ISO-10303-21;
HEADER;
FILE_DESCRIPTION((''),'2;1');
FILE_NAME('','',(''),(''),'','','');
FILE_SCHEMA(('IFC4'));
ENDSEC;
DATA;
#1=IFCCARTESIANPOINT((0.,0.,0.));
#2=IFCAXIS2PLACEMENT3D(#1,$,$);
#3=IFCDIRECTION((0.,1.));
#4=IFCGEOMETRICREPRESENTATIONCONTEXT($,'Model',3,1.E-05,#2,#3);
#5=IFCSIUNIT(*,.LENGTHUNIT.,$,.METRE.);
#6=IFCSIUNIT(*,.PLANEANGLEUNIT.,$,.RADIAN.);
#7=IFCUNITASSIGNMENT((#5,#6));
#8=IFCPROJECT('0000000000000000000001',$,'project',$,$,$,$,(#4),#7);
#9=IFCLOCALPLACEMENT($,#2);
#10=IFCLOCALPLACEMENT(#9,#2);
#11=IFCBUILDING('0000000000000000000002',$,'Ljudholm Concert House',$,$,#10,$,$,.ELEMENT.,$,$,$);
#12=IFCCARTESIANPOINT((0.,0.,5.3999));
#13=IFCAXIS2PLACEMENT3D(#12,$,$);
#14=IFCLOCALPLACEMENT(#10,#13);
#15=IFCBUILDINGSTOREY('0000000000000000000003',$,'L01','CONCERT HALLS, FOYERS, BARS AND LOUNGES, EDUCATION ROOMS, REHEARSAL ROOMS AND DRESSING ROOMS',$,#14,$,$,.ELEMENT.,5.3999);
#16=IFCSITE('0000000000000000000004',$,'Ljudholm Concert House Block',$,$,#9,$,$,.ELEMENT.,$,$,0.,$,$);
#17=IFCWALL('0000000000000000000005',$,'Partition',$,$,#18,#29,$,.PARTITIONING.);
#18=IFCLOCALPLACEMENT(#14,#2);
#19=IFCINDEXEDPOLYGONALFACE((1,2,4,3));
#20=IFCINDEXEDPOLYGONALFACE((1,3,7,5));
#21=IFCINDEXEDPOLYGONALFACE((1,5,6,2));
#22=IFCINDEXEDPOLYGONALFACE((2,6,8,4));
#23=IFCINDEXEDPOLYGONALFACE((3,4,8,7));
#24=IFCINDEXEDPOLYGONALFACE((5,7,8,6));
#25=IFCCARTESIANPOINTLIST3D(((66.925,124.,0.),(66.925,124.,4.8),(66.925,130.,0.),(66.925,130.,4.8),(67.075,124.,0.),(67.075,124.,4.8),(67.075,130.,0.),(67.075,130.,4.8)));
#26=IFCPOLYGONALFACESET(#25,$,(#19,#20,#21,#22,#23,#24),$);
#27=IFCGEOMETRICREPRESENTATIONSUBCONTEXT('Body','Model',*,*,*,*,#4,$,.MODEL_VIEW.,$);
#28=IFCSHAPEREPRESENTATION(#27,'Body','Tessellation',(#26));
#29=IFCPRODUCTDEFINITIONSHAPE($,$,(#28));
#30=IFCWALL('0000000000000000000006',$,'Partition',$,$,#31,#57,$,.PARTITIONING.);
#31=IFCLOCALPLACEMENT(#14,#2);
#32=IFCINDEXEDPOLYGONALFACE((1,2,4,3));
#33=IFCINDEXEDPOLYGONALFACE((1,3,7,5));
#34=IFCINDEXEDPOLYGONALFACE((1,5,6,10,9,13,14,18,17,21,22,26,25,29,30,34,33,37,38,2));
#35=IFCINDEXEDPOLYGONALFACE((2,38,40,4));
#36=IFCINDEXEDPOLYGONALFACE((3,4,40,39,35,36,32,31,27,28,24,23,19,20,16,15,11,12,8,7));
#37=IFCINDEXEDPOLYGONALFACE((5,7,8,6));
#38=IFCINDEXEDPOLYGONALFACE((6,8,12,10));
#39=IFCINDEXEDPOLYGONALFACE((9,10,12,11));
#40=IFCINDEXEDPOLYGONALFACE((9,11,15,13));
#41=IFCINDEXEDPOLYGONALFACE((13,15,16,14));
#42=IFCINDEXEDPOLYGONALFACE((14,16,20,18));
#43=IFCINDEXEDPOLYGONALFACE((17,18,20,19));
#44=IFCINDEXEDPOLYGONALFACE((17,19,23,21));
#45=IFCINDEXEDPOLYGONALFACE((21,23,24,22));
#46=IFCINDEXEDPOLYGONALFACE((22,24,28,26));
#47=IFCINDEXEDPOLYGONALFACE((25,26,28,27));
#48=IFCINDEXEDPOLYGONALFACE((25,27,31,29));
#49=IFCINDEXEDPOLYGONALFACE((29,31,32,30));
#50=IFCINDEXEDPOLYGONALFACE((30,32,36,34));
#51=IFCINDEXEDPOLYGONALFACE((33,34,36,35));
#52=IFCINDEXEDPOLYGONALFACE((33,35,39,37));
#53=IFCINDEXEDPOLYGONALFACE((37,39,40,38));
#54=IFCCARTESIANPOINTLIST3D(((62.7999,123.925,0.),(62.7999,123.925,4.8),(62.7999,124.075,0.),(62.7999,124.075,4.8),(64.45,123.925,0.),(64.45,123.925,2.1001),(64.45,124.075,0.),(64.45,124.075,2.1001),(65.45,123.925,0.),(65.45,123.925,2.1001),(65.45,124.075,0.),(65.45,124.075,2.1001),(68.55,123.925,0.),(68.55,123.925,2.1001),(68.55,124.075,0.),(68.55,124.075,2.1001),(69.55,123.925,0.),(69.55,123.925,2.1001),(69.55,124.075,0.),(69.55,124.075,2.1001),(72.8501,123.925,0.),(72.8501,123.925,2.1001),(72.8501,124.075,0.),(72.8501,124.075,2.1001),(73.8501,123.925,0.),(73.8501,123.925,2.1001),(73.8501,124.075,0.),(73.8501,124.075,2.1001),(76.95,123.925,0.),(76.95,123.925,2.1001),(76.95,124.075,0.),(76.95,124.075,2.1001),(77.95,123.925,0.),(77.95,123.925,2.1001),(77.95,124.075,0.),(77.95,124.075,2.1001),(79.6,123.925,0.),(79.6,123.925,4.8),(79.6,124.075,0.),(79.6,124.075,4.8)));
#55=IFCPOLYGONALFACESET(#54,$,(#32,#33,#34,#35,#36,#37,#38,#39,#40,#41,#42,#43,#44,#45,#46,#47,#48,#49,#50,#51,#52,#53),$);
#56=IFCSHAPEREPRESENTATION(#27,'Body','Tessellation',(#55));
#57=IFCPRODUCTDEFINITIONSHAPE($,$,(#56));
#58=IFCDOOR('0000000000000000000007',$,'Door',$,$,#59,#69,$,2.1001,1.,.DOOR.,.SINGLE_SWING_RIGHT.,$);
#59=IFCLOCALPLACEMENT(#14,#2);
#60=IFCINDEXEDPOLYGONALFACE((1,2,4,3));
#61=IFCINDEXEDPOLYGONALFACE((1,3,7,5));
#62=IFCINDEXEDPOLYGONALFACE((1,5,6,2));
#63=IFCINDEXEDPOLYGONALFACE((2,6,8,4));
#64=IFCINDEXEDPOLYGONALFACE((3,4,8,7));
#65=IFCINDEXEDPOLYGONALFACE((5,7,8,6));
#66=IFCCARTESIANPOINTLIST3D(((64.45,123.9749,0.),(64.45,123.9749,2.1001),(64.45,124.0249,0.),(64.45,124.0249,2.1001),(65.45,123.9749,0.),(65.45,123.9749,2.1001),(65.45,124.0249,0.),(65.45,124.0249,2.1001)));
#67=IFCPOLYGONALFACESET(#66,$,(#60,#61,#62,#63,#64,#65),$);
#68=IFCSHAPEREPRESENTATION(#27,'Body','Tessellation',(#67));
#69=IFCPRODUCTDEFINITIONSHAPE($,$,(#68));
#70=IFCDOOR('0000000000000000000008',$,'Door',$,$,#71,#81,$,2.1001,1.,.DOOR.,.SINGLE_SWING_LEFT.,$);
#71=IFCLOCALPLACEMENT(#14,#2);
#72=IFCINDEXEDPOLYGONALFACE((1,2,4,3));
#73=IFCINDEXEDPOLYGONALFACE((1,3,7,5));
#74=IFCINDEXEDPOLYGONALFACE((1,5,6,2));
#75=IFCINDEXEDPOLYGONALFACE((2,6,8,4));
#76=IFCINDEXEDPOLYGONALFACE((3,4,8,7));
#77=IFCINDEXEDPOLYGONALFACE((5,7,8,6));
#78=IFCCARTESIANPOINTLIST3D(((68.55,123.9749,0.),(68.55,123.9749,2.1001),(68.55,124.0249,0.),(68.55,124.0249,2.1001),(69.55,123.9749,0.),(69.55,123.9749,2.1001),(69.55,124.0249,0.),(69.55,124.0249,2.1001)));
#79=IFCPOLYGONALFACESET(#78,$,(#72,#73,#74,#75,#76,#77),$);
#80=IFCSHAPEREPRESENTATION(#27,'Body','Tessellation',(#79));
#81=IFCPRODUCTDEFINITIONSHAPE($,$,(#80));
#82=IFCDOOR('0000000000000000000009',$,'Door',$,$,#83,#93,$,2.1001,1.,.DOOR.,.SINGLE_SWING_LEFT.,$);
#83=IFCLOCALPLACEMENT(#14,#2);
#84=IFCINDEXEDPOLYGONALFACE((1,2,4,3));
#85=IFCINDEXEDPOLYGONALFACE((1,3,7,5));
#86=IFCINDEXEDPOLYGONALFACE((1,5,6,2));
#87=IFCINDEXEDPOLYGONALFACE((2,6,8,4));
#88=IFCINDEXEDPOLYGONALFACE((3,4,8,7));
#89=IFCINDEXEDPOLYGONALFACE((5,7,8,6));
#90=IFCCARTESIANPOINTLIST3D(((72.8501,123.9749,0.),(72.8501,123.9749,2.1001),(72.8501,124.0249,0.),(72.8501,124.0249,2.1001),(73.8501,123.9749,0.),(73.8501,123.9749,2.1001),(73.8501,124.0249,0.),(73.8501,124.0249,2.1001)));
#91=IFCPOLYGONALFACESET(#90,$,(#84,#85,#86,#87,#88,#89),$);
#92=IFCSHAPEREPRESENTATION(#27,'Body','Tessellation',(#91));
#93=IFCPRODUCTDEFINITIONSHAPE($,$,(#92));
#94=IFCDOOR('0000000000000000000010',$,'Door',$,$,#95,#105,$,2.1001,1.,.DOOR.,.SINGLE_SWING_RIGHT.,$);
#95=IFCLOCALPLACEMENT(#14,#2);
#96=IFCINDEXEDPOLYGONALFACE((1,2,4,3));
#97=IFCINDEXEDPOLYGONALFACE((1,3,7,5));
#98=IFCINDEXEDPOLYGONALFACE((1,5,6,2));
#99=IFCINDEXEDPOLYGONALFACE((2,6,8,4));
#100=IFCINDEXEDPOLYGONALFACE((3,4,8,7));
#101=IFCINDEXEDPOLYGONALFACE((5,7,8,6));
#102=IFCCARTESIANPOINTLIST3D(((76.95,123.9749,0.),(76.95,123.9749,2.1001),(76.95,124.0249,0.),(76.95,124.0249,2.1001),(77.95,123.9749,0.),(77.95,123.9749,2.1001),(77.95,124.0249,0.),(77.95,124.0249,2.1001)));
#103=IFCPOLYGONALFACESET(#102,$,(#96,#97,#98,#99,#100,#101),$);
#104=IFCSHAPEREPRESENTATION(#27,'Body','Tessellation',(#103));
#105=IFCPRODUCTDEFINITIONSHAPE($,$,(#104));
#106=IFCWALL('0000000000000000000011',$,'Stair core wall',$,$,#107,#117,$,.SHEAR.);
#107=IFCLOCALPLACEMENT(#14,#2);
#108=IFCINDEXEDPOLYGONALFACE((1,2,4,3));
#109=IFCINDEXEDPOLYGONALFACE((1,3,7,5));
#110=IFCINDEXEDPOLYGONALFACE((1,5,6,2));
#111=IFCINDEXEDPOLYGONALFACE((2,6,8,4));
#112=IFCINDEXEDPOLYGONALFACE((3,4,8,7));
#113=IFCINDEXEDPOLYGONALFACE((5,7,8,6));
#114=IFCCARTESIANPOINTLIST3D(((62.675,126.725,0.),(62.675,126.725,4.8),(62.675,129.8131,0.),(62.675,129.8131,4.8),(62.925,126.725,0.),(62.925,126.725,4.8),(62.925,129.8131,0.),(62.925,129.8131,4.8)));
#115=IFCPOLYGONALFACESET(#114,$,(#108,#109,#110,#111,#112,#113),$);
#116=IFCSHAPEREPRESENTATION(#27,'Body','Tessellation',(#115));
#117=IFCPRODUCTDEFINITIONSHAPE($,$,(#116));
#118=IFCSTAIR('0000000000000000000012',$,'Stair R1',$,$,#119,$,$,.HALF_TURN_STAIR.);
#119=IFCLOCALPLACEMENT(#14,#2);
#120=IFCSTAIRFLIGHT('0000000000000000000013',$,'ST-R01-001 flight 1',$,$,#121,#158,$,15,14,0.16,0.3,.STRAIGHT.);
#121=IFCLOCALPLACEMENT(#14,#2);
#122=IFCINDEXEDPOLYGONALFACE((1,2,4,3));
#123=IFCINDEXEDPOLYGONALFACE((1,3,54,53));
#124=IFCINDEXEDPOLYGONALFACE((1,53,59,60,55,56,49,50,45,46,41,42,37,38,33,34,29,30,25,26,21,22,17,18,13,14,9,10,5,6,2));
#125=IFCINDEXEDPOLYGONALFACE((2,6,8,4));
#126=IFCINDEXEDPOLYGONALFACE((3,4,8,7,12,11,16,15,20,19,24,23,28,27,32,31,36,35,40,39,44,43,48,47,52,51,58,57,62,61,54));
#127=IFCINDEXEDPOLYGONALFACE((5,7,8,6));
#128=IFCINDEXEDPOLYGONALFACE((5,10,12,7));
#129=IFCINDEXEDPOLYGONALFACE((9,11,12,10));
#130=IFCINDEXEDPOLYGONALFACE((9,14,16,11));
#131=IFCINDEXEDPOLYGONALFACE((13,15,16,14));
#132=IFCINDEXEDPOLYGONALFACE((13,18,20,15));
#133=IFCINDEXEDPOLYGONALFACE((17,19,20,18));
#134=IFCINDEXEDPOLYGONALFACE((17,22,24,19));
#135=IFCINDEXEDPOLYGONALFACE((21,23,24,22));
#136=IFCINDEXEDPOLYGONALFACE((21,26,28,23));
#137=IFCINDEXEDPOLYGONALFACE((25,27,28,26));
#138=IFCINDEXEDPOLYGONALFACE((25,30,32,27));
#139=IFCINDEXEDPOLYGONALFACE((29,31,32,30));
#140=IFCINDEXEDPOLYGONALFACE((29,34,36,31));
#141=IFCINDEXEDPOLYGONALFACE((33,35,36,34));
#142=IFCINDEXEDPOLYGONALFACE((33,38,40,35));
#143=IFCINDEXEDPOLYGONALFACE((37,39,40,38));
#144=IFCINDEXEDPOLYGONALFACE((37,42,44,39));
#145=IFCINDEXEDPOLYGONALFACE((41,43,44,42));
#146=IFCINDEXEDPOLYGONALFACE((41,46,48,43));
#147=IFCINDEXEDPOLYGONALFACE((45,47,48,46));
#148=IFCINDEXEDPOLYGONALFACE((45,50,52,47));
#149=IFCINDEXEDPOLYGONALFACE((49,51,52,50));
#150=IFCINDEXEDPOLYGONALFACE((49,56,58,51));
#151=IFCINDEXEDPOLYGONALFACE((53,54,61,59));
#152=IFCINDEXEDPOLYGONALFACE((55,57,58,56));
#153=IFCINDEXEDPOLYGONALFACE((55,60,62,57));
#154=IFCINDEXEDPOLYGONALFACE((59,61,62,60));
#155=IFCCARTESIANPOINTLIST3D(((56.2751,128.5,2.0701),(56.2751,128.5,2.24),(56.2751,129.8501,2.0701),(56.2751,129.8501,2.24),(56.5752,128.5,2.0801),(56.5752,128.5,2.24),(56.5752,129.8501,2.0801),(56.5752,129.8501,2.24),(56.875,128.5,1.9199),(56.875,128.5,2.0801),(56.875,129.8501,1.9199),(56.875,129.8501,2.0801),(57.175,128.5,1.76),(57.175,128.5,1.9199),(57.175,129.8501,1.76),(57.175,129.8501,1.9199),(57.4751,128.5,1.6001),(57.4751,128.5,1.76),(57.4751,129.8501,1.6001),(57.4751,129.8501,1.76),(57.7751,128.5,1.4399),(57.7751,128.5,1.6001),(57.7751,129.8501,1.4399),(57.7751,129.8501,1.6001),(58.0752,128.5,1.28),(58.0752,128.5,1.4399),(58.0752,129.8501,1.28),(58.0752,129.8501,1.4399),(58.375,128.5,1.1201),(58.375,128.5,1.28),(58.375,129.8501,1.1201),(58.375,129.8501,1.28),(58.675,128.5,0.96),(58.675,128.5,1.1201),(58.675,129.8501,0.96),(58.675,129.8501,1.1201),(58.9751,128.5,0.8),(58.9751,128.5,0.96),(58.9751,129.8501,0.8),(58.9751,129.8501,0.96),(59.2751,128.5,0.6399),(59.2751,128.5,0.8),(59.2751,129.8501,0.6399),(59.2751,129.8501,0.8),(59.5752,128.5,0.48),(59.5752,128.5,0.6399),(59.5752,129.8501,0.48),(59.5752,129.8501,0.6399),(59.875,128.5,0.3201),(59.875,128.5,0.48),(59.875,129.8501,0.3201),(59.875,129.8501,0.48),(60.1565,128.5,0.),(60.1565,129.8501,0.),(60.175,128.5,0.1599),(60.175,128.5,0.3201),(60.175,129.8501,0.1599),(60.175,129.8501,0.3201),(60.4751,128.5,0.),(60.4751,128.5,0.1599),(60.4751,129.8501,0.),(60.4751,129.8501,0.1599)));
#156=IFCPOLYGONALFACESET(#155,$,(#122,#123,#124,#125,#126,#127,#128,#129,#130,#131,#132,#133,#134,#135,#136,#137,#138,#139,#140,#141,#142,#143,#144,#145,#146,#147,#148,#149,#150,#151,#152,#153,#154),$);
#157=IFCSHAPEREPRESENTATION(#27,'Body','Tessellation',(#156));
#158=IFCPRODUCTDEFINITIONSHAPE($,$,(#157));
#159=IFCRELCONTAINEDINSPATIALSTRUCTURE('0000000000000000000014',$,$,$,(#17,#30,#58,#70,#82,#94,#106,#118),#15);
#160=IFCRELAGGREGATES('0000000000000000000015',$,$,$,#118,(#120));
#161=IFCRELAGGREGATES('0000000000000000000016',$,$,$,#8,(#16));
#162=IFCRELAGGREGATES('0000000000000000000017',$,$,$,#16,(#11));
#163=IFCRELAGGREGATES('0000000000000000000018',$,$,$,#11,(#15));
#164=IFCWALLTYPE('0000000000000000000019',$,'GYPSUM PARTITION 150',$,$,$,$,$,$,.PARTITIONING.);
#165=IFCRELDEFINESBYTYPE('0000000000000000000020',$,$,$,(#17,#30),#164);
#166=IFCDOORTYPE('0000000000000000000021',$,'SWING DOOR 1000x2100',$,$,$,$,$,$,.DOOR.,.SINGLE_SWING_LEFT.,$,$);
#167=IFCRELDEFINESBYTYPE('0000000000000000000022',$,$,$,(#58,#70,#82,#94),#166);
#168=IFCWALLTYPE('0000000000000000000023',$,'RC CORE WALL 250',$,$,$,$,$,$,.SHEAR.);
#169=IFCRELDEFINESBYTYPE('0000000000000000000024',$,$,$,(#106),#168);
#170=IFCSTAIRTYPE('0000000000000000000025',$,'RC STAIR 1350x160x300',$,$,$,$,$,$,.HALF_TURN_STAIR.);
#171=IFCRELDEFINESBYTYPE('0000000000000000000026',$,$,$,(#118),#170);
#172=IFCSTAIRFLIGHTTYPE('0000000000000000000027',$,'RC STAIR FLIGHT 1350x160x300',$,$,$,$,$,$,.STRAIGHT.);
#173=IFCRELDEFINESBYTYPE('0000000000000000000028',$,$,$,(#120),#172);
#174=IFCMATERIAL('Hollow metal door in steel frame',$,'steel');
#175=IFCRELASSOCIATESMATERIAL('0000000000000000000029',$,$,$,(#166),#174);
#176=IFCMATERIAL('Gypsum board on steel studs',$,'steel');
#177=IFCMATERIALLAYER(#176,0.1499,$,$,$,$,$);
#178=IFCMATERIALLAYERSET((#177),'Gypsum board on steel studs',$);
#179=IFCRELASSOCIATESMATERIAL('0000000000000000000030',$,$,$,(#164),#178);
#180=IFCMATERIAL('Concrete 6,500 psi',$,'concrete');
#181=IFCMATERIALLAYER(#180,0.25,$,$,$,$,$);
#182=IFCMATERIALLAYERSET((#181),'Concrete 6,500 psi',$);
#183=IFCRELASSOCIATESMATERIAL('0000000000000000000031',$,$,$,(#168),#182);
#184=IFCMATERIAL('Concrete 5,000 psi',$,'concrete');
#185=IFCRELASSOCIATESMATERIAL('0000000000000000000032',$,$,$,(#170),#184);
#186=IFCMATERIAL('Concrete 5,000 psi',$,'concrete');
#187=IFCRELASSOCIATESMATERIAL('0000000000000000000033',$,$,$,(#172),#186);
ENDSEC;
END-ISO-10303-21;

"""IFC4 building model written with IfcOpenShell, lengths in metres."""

from ifc_helpers import new_model, si_unit, direction, frame, frame_2d, origin, place, context, subcontext, project, spatial, polyline, rectangle, outline, extrude, material, layer, layer_set, type_object, element, fill, aggregate, save


model = new_model("IFC4")

# Units and contexts
model_context = context("Model", 3, precision=1e-05, world=origin(), true_north=direction((0.0, 1.0)))
body_context = subcontext(model_context, "Body", "Model", "MODEL_VIEW")
ifc_project = project(units=[si_unit("LENGTHUNIT", "METRE"), si_unit("PLANEANGLEUNIT", "RADIAN")], contexts=[model_context])

# Site, building, storey
site_placement = place(None, origin())
site = spatial("IfcSite", under=ifc_project, at=site_placement, Name="Ljudholm Concert House Block", CompositionType="ELEMENT", RefElevation=0.0)
building_placement = place(site_placement, origin())
building = spatial("IfcBuilding", under=site, at=building_placement, Name="Ljudholm Concert House", CompositionType="ELEMENT")
storey_placement = place(building_placement, frame((0.0, 0.0, 5.3999)))
storey = spatial("IfcBuildingStorey", under=building, at=storey_placement, Name="L01", Description="CONCERT HALLS, FOYERS, BARS AND LOUNGES, EDUCATION ROOMS, REHEARSAL ROOMS AND DRESSING ROOMS", CompositionType="ELEMENT", Elevation=5.3999)

# Shared definitions
ifc_material_1 = material(Name="Hollow metal door in steel frame", Category="steel")
door_type = type_object("IfcDoorType", Name="SWING DOOR 1000x2100", OperationType="SINGLE_SWING_LEFT", PredefinedType="DOOR", material=ifc_material_1)

# Wall
ifc_material_2 = material(Name="Gypsum board on steel studs", Category="steel")
ifc_layer_1 = layer(ifc_material_2, 0.1499)
ifc_layer_set_1 = layer_set([ifc_layer_1], Name="Gypsum board on steel studs")
wall_type_1 = type_object("IfcWallType", Name="GYPSUM PARTITION 150", PredefinedType="PARTITIONING", material=ifc_layer_set_1)
wall_1_placement = place(storey_placement, frame((67.0, 124.0, 0.0), z_axis=(0.0, 0.0, 1.0), x_axis=(0.0, 1.0, 0.0)))
element("IfcWall", 1, at=wall_1_placement, inside=storey, type_object=wall_type_1, Name="Partition", PredefinedType="PARTITIONING", context=body_context, shape_type="SweptSolid", body=[
    extrude(rectangle(XDim=6.0, YDim=0.1499, at=frame_2d((3.0, 0.0))), origin(), (0.0, 0.0, 1.0), 4.8),
])

# Wall, openings, doors
wall_2_placement = place(storey_placement, frame((62.8, 124.0, 0.0), z_axis=(0.0, 0.0, 1.0), x_axis=(1.0, 0.0, 0.0)))
wall_2 = element("IfcWall", 2, at=wall_2_placement, inside=storey, type_object=wall_type_1, Name="Partition", PredefinedType="PARTITIONING", context=body_context, shape_type="SweptSolid", body=[
    extrude(rectangle(XDim=16.8, YDim=0.1499, at=frame_2d((8.3999, 0.0))), origin(), (0.0, 0.0, 1.0), 4.8),
])
opening_1_placement = place(wall_2_placement, frame((1.6499, 0.0, 0.0)))
opening_1 = element("IfcOpeningElement", 3, at=opening_1_placement, cuts=wall_2, PredefinedType="OPENING", context=body_context, shape_type="SweptSolid", body=[
    extrude(rectangle(XDim=1.0, YDim=2.1001, at=frame_2d((0.5, 1.05))), frame((0.0, 0.085, 0.0), z_axis=(0.0, -1.0, 0.0), x_axis=(1.0, 0.0, 0.0)), (0.0, 0.0, 1.0), 0.1699),
])
opening_2_placement = place(wall_2_placement, frame((5.75, 0.0, 0.0)))
opening_2 = element("IfcOpeningElement", 4, at=opening_2_placement, cuts=wall_2, PredefinedType="OPENING", context=body_context, shape_type="SweptSolid", body=[
    extrude(rectangle(XDim=1.0, YDim=2.1001, at=frame_2d((0.5, 1.05))), frame((0.0, 0.085, 0.0), z_axis=(0.0, -1.0, 0.0), x_axis=(1.0, 0.0, 0.0)), (0.0, 0.0, 1.0), 0.1699),
])
opening_3_placement = place(wall_2_placement, frame((10.05, 0.0, 0.0)))
opening_3 = element("IfcOpeningElement", 5, at=opening_3_placement, cuts=wall_2, PredefinedType="OPENING", context=body_context, shape_type="SweptSolid", body=[
    extrude(rectangle(XDim=1.0, YDim=2.1001, at=frame_2d((0.5, 1.05))), frame((0.0, 0.085, 0.0), z_axis=(0.0, -1.0, 0.0), x_axis=(1.0, 0.0, 0.0)), (0.0, 0.0, 1.0), 0.1699),
])
opening_4_placement = place(wall_2_placement, frame((14.1499, 0.0, 0.0)))
opening_4 = element("IfcOpeningElement", 6, at=opening_4_placement, cuts=wall_2, PredefinedType="OPENING", context=body_context, shape_type="SweptSolid", body=[
    extrude(rectangle(XDim=1.0, YDim=2.1001, at=frame_2d((0.5, 1.05))), frame((0.0, 0.085, 0.0), z_axis=(0.0, -1.0, 0.0), x_axis=(1.0, 0.0, 0.0)), (0.0, 0.0, 1.0), 0.1699),
])
door_1_placement = place(opening_1_placement, origin())
door_1 = element("IfcDoor", 7, at=door_1_placement, inside=storey, type_object=door_type, Name="Door", OperationType="SINGLE_SWING_RIGHT", OverallHeight=2.1001, OverallWidth=1.0, PredefinedType="DOOR", context=body_context, shape_type="SweptSolid", body=[
    extrude(rectangle(XDim=1.0, YDim=2.1001, at=frame_2d((0.5, 1.05))), frame((0.0, 0.0249, 0.0), z_axis=(0.0, -1.0, 0.0), x_axis=(1.0, 0.0, 0.0)), (0.0, 0.0, 1.0), 0.05),
])
fill(opening_1, door_1)
door_2_placement = place(opening_2_placement, origin())
door_2 = element("IfcDoor", 8, at=door_2_placement, inside=storey, type_object=door_type, Name="Door", OperationType="SINGLE_SWING_LEFT", OverallHeight=2.1001, OverallWidth=1.0, PredefinedType="DOOR", context=body_context, shape_type="SweptSolid", body=[
    extrude(rectangle(XDim=1.0, YDim=2.1001, at=frame_2d((0.5, 1.05))), frame((0.0, 0.0249, 0.0), z_axis=(0.0, -1.0, 0.0), x_axis=(1.0, 0.0, 0.0)), (0.0, 0.0, 1.0), 0.05),
])
fill(opening_2, door_2)
door_3_placement = place(opening_3_placement, origin())
door_3 = element("IfcDoor", 9, at=door_3_placement, inside=storey, type_object=door_type, Name="Door", OperationType="SINGLE_SWING_LEFT", OverallHeight=2.1001, OverallWidth=1.0, PredefinedType="DOOR", context=body_context, shape_type="SweptSolid", body=[
    extrude(rectangle(XDim=1.0, YDim=2.1001, at=frame_2d((0.5, 1.05))), frame((0.0, 0.0249, 0.0), z_axis=(0.0, -1.0, 0.0), x_axis=(1.0, 0.0, 0.0)), (0.0, 0.0, 1.0), 0.05),
])
fill(opening_3, door_3)
door_4_placement = place(opening_4_placement, origin())
door_4 = element("IfcDoor", 10, at=door_4_placement, inside=storey, type_object=door_type, Name="Door", OperationType="SINGLE_SWING_RIGHT", OverallHeight=2.1001, OverallWidth=1.0, PredefinedType="DOOR", context=body_context, shape_type="SweptSolid", body=[
    extrude(rectangle(XDim=1.0, YDim=2.1001, at=frame_2d((0.5, 1.05))), frame((0.0, 0.0249, 0.0), z_axis=(0.0, -1.0, 0.0), x_axis=(1.0, 0.0, 0.0)), (0.0, 0.0, 1.0), 0.05),
])
fill(opening_4, door_4)

# Wall
ifc_material_3 = material(Name="Concrete 6,500 psi", Category="concrete")
ifc_layer_2 = layer(ifc_material_3, 0.25)
ifc_layer_set_2 = layer_set([ifc_layer_2], Name="Concrete 6,500 psi")
wall_type_2 = type_object("IfcWallType", Name="RC CORE WALL 250", PredefinedType="SHEAR", material=ifc_layer_set_2)
wall_3_placement = place(storey_placement, frame((62.8, 126.7251, 0.0), z_axis=(0.0, 0.0, 1.0), x_axis=(0.0, 1.0, 0.0)))
element("IfcWall", 11, at=wall_3_placement, inside=storey, type_object=wall_type_2, Name="Stair core wall", PredefinedType="SHEAR", context=body_context, shape_type="SweptSolid", body=[
    extrude(rectangle(XDim=3.0881, YDim=0.25, at=frame_2d((1.5439, 0.0))), origin(), (0.0, 0.0, 1.0), 4.8),
])

# Stair, stair flight
ifc_material_4 = material(Name="Concrete 5,000 psi", Category="concrete")
stair_type = type_object("IfcStairType", Name="RC STAIR 1350x160x300", PredefinedType="HALF_TURN_STAIR", material=ifc_material_4)
stair_placement = place(storey_placement, origin())
stair = element("IfcStair", 12, at=stair_placement, inside=storey, type_object=stair_type, Name="Stair R1", PredefinedType="HALF_TURN_STAIR")
ifc_material_5 = material(Name="Concrete 5,000 psi", Category="concrete")
stair_flight_type = type_object("IfcStairFlightType", Name="RC STAIR FLIGHT 1350x160x300", PredefinedType="STRAIGHT", material=ifc_material_5)
stair_flight_placement = place(storey_placement, frame((60.4751, 129.175, 0.0), z_axis=(0.0, 0.0, 1.0), x_axis=(-1.0, 0.0, 0.0)))
stair_flight = element("IfcStairFlight", 13, at=stair_flight_placement, type_object=stair_flight_type, Name="ST-R01-001 flight 1", NumberOfRisers=15, NumberOfTreads=14, PredefinedType="STRAIGHT", RiserHeight=0.16, TreadLength=0.3, context=body_context, shape_type="SweptSolid", body=[
    extrude(outline(polyline([(0.0, 0.0), (0.0, 0.1599), (0.3, 0.1599), (0.3, 0.3201), (0.6001, 0.3201), (0.6001, 0.48), (0.8999, 0.48), (0.8999, 0.6399), (1.2, 0.6399), (1.2, 0.8), (1.5, 0.8), (1.5, 0.96), (1.8, 0.96), (1.8, 1.1201), (2.1001, 1.1201), (2.1001, 1.28), (2.3999, 1.28), (2.3999, 1.4399), (2.7, 1.4399), (2.7, 1.6001), (3.0, 1.6001), (3.0, 1.76), (3.3, 1.76), (3.3, 1.9199), (3.6001, 1.9199), (3.6001, 2.0801), (3.8999, 2.0801), (3.8999, 2.24), (4.2, 2.24), (4.2, 2.3999), (4.2, 2.0701), (0.3186, 0.0), (0.0, 0.0)])), frame((0.0, 0.675, 0.0), z_axis=(0.0, -1.0, 0.0), x_axis=(1.0, 0.0, 0.0)), (0.0, 0.0, 1.0), 1.3501),
])
aggregate(stair, [stair_flight])

save(model, "model.ifc")
